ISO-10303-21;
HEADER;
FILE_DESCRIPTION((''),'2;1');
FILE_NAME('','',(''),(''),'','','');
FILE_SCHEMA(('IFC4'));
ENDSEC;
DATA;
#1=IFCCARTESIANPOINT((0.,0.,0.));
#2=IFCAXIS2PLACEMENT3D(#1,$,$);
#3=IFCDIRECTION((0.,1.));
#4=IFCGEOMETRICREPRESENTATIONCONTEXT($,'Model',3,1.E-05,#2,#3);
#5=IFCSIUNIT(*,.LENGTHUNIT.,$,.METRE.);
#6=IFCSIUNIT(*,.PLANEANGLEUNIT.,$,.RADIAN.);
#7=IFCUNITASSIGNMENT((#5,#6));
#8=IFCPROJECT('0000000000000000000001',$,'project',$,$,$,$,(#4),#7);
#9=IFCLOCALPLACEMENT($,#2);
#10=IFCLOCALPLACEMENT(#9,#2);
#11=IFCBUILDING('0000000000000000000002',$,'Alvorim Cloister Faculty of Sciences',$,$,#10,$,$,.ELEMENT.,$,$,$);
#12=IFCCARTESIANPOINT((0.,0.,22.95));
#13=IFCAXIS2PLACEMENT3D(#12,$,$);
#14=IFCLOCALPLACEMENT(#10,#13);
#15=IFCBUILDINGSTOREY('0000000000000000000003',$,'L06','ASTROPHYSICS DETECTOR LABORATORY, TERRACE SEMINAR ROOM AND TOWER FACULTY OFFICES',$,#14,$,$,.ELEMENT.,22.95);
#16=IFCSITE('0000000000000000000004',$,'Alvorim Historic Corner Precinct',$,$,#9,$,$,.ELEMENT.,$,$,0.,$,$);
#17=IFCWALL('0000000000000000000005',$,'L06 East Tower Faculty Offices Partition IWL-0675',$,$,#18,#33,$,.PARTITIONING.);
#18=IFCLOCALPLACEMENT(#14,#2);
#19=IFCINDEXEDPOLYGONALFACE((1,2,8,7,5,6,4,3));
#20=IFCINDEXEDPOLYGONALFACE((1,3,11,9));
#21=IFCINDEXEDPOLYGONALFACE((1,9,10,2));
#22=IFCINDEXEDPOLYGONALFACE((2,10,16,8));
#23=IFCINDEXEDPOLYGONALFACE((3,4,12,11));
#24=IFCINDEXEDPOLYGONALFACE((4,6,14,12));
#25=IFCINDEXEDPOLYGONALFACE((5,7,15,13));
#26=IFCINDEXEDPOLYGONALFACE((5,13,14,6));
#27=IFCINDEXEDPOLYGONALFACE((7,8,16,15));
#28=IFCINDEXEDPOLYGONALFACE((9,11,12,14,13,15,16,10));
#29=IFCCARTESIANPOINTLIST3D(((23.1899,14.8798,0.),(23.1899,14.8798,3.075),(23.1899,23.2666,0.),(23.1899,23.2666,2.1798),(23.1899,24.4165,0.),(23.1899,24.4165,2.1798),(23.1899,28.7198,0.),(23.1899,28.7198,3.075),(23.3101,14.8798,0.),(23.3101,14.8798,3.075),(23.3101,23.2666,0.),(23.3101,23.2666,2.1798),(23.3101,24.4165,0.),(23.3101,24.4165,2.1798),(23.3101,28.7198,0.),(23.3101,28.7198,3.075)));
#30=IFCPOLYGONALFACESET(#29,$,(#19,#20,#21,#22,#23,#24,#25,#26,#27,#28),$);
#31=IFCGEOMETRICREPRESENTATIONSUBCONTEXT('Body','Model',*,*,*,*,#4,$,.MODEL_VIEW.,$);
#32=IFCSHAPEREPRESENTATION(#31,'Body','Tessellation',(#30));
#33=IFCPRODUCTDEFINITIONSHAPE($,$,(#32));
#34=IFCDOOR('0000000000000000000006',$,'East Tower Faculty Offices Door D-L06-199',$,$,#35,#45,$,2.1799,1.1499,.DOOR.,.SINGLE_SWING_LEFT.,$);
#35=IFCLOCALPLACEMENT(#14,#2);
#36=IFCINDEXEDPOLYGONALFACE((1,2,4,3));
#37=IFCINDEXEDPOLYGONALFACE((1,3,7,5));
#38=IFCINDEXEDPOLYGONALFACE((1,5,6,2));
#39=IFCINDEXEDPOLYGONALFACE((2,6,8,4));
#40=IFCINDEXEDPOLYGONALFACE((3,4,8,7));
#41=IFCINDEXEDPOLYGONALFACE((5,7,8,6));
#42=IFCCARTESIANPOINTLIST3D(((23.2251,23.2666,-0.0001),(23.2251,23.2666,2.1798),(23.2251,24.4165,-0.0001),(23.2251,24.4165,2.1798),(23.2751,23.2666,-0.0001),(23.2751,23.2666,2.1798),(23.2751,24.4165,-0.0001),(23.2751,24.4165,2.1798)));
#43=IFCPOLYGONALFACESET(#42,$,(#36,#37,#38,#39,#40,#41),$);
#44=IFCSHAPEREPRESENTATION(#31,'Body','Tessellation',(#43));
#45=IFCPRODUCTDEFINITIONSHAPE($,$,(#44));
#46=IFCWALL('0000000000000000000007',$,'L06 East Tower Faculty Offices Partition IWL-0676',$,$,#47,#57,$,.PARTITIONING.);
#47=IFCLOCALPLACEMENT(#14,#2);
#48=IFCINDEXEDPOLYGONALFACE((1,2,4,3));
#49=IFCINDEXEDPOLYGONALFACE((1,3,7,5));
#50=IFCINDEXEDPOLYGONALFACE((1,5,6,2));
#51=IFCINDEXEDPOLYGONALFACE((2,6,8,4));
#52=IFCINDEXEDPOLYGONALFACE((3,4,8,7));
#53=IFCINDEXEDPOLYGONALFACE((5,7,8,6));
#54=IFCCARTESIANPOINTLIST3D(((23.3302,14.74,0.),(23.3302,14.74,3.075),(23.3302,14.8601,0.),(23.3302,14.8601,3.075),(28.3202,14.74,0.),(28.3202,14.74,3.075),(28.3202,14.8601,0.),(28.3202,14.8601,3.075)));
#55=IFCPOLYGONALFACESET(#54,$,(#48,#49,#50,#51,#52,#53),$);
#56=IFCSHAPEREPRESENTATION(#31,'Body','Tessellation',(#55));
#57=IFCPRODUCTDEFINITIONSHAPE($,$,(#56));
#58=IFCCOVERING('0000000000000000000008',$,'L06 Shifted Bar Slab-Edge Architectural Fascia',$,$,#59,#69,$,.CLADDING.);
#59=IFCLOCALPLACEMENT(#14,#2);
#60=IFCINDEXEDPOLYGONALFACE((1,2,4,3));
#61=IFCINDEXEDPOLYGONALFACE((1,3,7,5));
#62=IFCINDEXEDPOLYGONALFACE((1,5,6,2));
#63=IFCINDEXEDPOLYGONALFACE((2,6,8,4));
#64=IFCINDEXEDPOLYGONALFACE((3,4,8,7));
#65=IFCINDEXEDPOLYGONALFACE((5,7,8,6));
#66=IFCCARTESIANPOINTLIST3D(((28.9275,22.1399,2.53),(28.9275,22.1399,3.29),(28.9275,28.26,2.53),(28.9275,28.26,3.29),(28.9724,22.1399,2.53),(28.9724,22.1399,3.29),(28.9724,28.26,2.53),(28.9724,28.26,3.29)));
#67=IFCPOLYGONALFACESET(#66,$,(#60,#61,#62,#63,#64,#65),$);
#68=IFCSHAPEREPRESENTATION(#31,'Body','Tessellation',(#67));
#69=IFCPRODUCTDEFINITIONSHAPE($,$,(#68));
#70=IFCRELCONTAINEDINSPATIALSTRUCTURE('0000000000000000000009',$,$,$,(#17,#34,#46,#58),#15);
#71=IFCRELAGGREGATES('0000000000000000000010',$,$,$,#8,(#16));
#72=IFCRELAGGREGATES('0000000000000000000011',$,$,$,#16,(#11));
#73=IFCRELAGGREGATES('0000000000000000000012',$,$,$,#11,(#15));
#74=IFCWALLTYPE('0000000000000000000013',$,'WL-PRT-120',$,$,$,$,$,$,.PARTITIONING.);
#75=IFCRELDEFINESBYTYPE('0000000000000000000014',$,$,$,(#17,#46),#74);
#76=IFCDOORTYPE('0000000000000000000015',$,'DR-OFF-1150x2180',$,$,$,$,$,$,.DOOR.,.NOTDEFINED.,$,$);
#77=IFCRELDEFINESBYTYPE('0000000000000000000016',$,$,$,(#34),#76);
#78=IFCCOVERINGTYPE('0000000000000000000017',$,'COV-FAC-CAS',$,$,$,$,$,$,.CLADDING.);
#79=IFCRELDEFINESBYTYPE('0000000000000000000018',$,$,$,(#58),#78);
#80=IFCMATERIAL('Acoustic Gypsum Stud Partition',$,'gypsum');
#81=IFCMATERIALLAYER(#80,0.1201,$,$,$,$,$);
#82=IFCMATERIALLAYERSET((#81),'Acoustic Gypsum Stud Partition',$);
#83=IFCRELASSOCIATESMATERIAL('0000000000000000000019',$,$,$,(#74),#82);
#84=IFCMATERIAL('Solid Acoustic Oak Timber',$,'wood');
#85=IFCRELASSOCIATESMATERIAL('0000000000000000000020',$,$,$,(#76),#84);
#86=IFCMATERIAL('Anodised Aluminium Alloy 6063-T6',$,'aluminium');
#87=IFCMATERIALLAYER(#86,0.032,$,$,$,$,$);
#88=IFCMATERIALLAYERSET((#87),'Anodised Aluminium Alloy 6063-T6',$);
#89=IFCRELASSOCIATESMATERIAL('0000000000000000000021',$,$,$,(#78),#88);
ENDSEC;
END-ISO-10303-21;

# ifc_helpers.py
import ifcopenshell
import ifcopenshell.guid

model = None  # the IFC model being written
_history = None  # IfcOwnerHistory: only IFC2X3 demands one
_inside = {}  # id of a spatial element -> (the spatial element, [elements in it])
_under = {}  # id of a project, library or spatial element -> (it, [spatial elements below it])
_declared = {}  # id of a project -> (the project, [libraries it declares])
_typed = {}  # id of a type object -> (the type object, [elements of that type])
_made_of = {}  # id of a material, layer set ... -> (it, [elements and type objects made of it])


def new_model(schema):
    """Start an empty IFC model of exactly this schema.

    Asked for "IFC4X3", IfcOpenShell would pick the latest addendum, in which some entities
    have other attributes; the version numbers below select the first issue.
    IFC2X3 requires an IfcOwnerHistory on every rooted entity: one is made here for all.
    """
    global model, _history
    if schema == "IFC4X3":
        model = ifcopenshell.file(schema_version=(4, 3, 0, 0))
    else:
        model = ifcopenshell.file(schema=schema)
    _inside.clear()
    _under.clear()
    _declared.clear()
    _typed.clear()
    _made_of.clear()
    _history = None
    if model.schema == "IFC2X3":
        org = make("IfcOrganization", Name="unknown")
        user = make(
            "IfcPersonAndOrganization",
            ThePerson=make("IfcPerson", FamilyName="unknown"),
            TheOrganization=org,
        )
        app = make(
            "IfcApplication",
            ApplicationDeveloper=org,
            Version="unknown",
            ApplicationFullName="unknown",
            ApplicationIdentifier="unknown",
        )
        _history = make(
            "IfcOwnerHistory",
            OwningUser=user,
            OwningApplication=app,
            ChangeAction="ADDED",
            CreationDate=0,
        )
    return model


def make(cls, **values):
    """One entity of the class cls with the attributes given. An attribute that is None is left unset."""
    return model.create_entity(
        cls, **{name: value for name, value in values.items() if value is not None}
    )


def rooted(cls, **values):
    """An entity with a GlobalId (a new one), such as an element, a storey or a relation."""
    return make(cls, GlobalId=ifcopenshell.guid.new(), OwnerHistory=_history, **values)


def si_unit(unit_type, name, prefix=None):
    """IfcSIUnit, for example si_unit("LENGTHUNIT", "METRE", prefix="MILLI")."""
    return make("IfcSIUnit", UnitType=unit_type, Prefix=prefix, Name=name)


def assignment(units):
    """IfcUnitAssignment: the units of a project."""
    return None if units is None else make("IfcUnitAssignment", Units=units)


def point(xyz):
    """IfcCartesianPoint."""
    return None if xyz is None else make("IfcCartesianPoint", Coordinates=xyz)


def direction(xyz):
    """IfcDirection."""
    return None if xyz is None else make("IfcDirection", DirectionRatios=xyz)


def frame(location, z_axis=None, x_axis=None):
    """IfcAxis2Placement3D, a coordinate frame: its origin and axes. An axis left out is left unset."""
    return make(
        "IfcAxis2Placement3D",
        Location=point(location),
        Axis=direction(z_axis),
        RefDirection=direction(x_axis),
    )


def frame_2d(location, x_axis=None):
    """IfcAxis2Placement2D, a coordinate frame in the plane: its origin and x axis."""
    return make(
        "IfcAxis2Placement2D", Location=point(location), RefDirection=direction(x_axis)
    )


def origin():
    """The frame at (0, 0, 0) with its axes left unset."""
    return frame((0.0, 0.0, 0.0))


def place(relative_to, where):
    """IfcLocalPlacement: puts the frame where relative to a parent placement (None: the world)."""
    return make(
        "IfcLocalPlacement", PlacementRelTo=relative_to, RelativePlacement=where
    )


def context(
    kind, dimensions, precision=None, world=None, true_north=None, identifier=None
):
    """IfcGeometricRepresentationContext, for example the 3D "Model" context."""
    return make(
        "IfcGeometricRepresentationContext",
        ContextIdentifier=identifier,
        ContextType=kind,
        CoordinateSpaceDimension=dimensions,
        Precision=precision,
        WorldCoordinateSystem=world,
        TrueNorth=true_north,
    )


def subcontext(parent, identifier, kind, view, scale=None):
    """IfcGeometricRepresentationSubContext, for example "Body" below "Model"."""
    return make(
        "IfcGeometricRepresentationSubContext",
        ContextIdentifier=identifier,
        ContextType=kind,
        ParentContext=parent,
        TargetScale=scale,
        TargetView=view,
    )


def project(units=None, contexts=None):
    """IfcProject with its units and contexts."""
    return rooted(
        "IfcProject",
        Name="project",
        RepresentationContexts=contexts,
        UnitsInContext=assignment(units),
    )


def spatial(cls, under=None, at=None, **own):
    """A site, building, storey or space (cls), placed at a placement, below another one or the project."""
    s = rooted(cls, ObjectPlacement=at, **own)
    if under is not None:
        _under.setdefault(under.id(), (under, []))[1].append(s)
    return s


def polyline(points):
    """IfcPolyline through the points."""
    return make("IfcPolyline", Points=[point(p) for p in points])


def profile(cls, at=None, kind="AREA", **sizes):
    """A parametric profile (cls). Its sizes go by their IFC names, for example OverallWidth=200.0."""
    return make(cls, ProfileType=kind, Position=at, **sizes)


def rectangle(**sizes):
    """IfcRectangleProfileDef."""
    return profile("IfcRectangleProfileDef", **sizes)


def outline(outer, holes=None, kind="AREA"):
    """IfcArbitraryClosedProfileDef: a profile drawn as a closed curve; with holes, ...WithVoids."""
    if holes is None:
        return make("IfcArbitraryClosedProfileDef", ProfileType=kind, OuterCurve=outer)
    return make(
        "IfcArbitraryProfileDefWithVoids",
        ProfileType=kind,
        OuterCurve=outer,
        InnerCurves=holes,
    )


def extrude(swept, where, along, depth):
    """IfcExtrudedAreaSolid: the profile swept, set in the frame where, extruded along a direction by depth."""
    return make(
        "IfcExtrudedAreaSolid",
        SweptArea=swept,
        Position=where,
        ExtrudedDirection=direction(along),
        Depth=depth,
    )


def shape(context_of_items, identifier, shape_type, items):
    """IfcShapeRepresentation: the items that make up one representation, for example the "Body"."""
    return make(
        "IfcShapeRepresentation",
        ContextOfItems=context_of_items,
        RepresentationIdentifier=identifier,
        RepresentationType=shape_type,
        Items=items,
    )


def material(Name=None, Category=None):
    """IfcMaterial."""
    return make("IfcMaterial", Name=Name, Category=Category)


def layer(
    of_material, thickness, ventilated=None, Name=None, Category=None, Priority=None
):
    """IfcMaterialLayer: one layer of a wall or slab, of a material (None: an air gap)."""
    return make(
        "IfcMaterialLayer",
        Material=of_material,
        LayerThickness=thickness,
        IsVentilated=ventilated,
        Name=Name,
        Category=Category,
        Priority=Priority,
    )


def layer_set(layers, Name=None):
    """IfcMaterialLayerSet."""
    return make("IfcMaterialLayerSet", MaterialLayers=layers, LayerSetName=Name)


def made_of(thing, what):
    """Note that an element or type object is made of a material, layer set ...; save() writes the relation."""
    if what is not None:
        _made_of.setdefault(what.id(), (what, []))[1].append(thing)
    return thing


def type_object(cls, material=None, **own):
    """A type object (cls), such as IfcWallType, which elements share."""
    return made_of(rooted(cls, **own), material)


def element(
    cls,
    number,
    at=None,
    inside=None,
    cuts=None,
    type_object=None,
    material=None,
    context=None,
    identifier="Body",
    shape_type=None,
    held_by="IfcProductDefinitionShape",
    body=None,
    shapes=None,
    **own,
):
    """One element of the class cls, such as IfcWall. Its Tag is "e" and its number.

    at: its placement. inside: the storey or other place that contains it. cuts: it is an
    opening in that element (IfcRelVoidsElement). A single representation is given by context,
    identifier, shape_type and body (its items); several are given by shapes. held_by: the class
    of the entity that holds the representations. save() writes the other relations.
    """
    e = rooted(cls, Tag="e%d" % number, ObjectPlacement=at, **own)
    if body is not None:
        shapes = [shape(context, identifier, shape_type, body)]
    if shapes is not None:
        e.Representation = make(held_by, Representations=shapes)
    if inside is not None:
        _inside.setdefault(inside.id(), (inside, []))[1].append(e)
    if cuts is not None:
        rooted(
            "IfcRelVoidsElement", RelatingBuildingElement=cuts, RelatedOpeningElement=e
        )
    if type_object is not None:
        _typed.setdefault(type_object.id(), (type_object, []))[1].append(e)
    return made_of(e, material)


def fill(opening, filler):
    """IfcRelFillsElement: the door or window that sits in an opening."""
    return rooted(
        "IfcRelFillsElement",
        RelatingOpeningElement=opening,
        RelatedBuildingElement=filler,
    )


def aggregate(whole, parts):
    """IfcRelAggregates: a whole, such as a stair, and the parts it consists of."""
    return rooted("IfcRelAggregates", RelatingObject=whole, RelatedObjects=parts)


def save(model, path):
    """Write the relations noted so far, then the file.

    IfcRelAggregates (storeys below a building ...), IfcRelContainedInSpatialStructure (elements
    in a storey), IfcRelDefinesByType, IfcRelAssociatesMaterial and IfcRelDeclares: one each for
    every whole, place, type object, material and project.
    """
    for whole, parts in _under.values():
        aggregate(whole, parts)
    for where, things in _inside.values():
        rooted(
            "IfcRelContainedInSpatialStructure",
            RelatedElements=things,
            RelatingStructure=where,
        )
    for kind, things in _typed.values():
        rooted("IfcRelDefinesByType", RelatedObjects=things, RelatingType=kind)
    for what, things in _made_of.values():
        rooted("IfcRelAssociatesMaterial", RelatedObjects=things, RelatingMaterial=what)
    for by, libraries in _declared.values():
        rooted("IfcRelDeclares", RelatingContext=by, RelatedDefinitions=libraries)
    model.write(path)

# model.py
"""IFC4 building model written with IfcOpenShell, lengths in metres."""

from ifc_helpers import new_model, si_unit, direction, frame, frame_2d, origin, place, context, subcontext, project, spatial, polyline, rectangle, outline, extrude, material, layer, layer_set, type_object, element, fill, save


model = new_model("IFC4")

# Units and contexts
model_context = context("Model", 3, precision=1e-05, world=origin(), true_north=direction((0.0, 1.0)))
body_context = subcontext(model_context, "Body", "Model", "MODEL_VIEW")
ifc_project = project(units=[si_unit("LENGTHUNIT", "METRE"), si_unit("PLANEANGLEUNIT", "RADIAN")], contexts=[model_context])

# Site, building, storey
site_placement = place(None, origin())
site = spatial("IfcSite", under=ifc_project, at=site_placement, Name="Alvorim Historic Corner Precinct", CompositionType="ELEMENT", RefElevation=0.0)
building_placement = place(site_placement, origin())
building = spatial("IfcBuilding", under=site, at=building_placement, Name="Alvorim Cloister Faculty of Sciences", CompositionType="ELEMENT")
storey_placement = place(building_placement, frame((0.0, 0.0, 22.95)))
storey = spatial("IfcBuildingStorey", under=building, at=storey_placement, Name="L06", Description="ASTROPHYSICS DETECTOR LABORATORY, TERRACE SEMINAR ROOM AND TOWER FACULTY OFFICES", CompositionType="ELEMENT", Elevation=22.95)

# Wall, opening, door
ifc_material_1 = material(Name="Acoustic Gypsum Stud Partition", Category="gypsum")
ifc_layer_1 = layer(ifc_material_1, 0.1201)
ifc_layer_set_1 = layer_set([ifc_layer_1], Name="Acoustic Gypsum Stud Partition")
wall_type_1 = type_object("IfcWallType", Name="WL-PRT-120", PredefinedType="PARTITIONING", material=ifc_layer_set_1)
wall_1_placement = place(storey_placement, frame((23.25, 14.8799, 0.0), z_axis=(0.0, 0.0, 1.0), x_axis=(0.0, 1.0, 0.0)))
wall_1 = element("IfcWall", 1, at=wall_1_placement, inside=storey, type_object=wall_type_1, Name="L06 East Tower Faculty Offices Partition IWL-0675", PredefinedType="PARTITIONING", context=body_context, shape_type="SweptSolid", body=[
    extrude(rectangle(XDim=13.8401, YDim=0.1201, at=frame_2d((6.9199, 0.0))), origin(), (0.0, 0.0, 1.0), 3.075),
])
opening_placement = place(wall_1_placement, frame((8.3867, 0.0, 0.0)))
opening = element("IfcOpeningElement", 2, at=opening_placement, cuts=wall_1, PredefinedType="OPENING", context=body_context, shape_type="SweptSolid", body=[
    extrude(rectangle(XDim=1.1499, YDim=2.1799, at=frame_2d((0.575, 1.0898))), frame((0.0, 0.072, 0.0), z_axis=(0.0, -1.0, 0.0), x_axis=(1.0, 0.0, 0.0)), (0.0, 0.0, 1.0), 0.144),
])
ifc_material_2 = material(Name="Solid Acoustic Oak Timber", Category="wood")
door_type = type_object("IfcDoorType", Name="DR-OFF-1150x2180", OperationType="NOTDEFINED", PredefinedType="DOOR", material=ifc_material_2)
door_placement = place(opening_placement, origin())
door = element("IfcDoor", 3, at=door_placement, inside=storey, type_object=door_type, Name="East Tower Faculty Offices Door D-L06-199", OperationType="SINGLE_SWING_LEFT", OverallHeight=2.1799, OverallWidth=1.1499, PredefinedType="DOOR", context=body_context, shape_type="SweptSolid", body=[
    extrude(rectangle(XDim=1.1499, YDim=2.1799, at=frame_2d((0.575, 1.0898))), frame((0.0, 0.0249, 0.0), z_axis=(0.0, -1.0, 0.0), x_axis=(1.0, 0.0, 0.0)), (0.0, 0.0, 1.0), 0.05),
])
fill(opening, door)

# Wall
wall_2_placement = place(storey_placement, frame((23.3301, 14.8, 0.0), z_axis=(0.0, 0.0, 1.0), x_axis=(1.0, 0.0, 0.0)))
element("IfcWall", 4, at=wall_2_placement, inside=storey, type_object=wall_type_1, Name="L06 East Tower Faculty Offices Partition IWL-0676", PredefinedType="PARTITIONING", context=body_context, shape_type="SweptSolid", body=[
    extrude(rectangle(XDim=4.99, YDim=0.1201, at=frame_2d((2.4951, 0.0))), origin(), (0.0, 0.0, 1.0), 3.075),
])

# Covering
ifc_material_3 = material(Name="Anodised Aluminium Alloy 6063-T6", Category="aluminium")
ifc_layer_2 = layer(ifc_material_3, 0.032)
ifc_layer_set_2 = layer_set([ifc_layer_2], Name="Anodised Aluminium Alloy 6063-T6")
covering_type = type_object("IfcCoveringType", Name="COV-FAC-CAS", PredefinedType="CLADDING", material=ifc_layer_set_2)
covering_placement = place(storey_placement, frame((28.95, 22.1399, 2.53), z_axis=(0.0, 0.0, 1.0), x_axis=(0.0, 1.0, 0.0)))
element("IfcCovering", 5, at=covering_placement, inside=storey, type_object=covering_type, Name="L06 Shifted Bar Slab-Edge Architectural Fascia", PredefinedType="CLADDING", context=body_context, shape_type="SweptSolid", body=[
    extrude(outline(polyline([(0.0, 0.0), (6.1201, 0.0), (6.1201, 0.76), (0.0, 0.76), (0.0, 0.0)])), frame((0.0, 0.0225, 0.0), z_axis=(0.0, -1.0, 0.0), x_axis=(1.0, 0.0, 0.0)), (0.0, 0.0, 1.0), 0.0449),
])

save(model, "model.ifc")
